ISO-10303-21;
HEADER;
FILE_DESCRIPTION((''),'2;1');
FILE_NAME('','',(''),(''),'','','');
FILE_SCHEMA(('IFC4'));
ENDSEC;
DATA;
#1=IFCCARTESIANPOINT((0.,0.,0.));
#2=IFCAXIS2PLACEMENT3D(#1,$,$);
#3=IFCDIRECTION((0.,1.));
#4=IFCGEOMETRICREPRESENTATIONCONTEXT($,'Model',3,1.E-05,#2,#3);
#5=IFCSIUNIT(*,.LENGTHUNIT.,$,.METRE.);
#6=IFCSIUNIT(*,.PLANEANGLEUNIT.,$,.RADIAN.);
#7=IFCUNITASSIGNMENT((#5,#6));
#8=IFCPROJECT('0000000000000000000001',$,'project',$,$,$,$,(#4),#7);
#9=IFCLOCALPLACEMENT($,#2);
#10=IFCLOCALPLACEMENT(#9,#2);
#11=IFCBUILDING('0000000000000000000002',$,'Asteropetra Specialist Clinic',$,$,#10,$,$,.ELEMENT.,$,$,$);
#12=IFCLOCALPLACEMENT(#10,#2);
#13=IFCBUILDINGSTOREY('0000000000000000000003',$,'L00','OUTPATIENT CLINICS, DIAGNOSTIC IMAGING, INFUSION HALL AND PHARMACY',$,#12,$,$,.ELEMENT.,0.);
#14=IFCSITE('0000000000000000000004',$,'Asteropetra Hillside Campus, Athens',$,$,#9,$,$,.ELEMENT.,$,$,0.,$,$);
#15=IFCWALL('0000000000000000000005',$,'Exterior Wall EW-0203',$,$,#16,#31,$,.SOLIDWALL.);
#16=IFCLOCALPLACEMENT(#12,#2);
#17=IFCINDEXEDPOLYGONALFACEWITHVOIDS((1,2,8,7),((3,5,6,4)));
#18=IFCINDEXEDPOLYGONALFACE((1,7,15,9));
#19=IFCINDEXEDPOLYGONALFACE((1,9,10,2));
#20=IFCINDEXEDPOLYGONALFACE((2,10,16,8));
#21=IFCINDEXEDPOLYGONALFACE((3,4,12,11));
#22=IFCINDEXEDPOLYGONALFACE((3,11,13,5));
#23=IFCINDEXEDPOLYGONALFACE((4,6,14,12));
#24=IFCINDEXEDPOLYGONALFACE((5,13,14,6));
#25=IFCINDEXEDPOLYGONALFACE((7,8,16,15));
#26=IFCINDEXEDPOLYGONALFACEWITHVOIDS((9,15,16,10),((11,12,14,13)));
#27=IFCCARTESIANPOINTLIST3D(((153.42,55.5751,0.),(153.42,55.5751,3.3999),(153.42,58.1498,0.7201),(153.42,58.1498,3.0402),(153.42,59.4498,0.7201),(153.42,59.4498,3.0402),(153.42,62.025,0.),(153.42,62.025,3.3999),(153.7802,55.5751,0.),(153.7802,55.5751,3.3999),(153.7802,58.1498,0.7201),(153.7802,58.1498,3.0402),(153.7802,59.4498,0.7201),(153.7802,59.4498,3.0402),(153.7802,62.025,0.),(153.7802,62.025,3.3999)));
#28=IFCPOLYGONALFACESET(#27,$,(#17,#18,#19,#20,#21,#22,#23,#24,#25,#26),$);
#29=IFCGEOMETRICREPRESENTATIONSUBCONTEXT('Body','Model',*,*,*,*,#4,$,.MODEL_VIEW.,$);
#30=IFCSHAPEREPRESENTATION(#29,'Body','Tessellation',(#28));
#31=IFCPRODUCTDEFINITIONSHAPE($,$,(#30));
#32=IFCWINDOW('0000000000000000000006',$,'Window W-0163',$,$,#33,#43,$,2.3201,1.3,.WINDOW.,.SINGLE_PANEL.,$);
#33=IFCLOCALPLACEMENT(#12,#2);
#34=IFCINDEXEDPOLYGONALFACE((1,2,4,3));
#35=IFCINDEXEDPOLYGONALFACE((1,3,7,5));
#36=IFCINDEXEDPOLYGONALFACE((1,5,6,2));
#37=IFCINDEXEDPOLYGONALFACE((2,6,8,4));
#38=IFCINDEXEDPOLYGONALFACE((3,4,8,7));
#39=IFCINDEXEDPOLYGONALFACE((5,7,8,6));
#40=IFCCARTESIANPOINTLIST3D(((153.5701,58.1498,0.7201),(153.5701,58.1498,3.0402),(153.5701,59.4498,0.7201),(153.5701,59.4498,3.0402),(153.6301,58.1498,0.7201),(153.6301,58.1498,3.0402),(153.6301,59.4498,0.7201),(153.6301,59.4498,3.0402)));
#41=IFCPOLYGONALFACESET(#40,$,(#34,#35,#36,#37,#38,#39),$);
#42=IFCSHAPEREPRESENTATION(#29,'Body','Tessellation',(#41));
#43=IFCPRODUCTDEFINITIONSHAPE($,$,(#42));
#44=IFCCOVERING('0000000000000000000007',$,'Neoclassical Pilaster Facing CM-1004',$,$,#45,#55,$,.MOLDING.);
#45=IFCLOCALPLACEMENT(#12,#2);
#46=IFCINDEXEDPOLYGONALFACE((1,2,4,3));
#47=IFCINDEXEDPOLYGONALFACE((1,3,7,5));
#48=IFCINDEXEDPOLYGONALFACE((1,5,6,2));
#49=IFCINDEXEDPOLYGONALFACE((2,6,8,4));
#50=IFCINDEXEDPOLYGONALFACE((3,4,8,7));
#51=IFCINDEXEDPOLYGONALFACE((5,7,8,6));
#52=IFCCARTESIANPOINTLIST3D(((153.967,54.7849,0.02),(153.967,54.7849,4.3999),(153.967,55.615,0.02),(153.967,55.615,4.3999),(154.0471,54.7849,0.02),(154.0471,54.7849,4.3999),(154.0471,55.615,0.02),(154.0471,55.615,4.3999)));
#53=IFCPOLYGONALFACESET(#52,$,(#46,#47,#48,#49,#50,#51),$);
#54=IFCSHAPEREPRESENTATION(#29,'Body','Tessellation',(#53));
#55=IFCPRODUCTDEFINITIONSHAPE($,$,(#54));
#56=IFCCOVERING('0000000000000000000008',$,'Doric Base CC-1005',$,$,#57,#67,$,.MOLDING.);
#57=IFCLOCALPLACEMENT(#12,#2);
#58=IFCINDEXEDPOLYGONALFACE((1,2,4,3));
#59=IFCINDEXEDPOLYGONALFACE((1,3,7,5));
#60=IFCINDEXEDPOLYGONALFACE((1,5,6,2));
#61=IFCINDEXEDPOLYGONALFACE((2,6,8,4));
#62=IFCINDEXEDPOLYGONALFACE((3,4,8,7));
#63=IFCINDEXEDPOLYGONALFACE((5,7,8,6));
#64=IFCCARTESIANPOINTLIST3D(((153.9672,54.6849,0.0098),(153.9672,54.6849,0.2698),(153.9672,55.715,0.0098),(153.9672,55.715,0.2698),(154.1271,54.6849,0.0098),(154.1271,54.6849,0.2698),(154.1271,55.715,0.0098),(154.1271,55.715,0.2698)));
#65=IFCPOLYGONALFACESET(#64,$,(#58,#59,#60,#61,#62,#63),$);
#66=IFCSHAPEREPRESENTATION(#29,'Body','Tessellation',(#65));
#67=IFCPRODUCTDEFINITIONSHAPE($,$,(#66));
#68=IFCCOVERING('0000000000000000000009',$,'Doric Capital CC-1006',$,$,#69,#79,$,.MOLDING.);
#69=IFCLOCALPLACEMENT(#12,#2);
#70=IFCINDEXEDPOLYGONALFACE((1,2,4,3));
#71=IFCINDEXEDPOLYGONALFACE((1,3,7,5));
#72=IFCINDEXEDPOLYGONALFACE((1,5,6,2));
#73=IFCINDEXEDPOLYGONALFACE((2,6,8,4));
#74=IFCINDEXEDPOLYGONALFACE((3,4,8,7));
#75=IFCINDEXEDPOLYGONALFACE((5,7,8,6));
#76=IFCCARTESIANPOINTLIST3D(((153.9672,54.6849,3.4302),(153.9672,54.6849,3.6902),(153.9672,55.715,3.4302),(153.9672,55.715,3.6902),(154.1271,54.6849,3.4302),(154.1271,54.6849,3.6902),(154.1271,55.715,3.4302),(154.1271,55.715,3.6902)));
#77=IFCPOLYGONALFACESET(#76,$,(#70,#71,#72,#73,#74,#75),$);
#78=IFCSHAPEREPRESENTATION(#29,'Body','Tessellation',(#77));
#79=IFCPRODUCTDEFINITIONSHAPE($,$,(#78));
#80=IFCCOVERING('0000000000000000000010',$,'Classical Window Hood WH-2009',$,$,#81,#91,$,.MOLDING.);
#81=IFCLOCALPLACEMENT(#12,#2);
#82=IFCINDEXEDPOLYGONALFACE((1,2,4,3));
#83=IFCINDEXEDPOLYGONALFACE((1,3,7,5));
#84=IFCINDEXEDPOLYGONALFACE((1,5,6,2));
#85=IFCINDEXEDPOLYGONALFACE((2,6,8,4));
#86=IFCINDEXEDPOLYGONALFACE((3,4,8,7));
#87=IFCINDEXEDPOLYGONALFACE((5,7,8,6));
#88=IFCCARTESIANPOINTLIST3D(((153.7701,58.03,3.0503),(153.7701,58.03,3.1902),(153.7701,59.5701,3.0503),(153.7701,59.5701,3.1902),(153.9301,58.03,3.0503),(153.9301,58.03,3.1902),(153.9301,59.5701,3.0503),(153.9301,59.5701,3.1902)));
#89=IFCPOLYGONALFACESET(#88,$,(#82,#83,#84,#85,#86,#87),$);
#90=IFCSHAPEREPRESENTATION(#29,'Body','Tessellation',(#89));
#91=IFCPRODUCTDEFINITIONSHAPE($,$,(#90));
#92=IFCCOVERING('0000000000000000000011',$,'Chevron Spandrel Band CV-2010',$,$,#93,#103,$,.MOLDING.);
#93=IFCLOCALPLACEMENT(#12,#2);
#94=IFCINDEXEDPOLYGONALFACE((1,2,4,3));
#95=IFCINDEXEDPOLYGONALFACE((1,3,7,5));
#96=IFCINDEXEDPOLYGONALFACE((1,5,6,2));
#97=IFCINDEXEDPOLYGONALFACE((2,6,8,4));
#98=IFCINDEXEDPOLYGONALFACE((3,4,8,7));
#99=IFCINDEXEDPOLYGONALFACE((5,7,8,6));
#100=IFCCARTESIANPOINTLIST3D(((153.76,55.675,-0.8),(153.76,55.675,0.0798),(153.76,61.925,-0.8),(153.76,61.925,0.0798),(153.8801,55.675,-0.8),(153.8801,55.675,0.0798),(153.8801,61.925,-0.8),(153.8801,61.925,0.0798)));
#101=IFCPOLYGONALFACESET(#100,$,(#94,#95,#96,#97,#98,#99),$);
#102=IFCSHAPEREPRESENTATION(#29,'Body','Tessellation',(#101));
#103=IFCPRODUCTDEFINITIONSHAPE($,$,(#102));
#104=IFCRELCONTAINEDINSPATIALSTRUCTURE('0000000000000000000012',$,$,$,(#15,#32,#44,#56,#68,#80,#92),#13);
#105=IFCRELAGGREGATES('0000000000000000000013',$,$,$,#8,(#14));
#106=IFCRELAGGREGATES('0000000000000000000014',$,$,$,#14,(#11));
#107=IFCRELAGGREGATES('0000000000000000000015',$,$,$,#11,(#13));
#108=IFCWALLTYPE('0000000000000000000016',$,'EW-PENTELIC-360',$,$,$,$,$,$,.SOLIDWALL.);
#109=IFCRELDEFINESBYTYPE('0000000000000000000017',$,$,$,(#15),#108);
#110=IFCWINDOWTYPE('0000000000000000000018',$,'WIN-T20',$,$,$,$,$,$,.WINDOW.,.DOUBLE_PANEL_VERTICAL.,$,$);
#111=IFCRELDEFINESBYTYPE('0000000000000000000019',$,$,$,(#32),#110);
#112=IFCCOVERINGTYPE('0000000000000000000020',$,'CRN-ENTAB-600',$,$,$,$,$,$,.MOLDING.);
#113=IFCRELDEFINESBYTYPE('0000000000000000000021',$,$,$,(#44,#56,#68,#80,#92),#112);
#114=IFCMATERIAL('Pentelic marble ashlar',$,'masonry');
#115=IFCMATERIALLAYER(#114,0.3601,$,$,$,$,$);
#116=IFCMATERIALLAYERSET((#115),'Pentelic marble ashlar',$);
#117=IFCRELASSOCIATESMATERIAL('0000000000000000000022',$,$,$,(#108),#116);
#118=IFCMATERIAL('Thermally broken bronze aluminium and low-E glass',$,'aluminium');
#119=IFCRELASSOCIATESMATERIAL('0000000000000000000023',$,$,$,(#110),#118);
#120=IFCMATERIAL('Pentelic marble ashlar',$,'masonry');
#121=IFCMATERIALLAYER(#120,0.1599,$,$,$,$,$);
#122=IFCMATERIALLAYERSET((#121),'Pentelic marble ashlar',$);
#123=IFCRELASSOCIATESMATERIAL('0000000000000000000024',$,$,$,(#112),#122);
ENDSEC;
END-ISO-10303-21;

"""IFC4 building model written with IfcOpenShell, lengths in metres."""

from ifc_helpers import new_model, si_unit, direction, frame, frame_2d, origin, origin_2d, place, context, subcontext, project, spatial, rectangle, extrude, material, layer, layer_set, type_object, element, fill, save


model = new_model("IFC4")

# Units and contexts
model_context = context("Model", 3, precision=1e-05, world=origin(), true_north=direction((0.0, 1.0)))
body_context = subcontext(model_context, "Body", "Model", "MODEL_VIEW")
ifc_project = project(units=[si_unit("LENGTHUNIT", "METRE"), si_unit("PLANEANGLEUNIT", "RADIAN")], contexts=[model_context])

# Site, building, storey
site_placement = place(None, origin())
site = spatial("IfcSite", under=ifc_project, at=site_placement, Name="Asteropetra Hillside Campus, Athens", CompositionType="ELEMENT", RefElevation=0.0)
building_placement = place(site_placement, origin())
building = spatial("IfcBuilding", under=site, at=building_placement, Name="Asteropetra Specialist Clinic", CompositionType="ELEMENT")
storey_placement = place(building_placement, origin())
storey = spatial("IfcBuildingStorey", under=building, at=storey_placement, Name="L00", Description="OUTPATIENT CLINICS, DIAGNOSTIC IMAGING, INFUSION HALL AND PHARMACY", CompositionType="ELEMENT", Elevation=0.0)

# Wall, opening, window
ifc_material_1 = material(Name="Pentelic marble ashlar", Category="masonry")
ifc_layer_1 = layer(ifc_material_1, 0.3601)
ifc_layer_set_1 = layer_set([ifc_layer_1], Name="Pentelic marble ashlar")
wall_type = type_object("IfcWallType", Name="EW-PENTELIC-360", PredefinedType="SOLIDWALL", material=ifc_layer_set_1)
wall_placement = place(storey_placement, frame((153.6001, 55.575, 0.0), z_axis=(0.0, 0.0, 1.0), x_axis=(0.0, 1.0, 0.0)))
wall = element("IfcWall", 1, at=wall_placement, inside=storey, type_object=wall_type, Name="Exterior Wall EW-0203", PredefinedType="SOLIDWALL", context=body_context, shape_type="SweptSolid", body=[
    extrude(rectangle(XDim=6.45, YDim=0.3601, at=frame_2d((3.2251, 0.0))), origin(), (0.0, 0.0, 1.0), 3.3999),
])
opening_placement = place(wall_placement, frame((2.575, 0.0, 0.72)))
opening = element("IfcOpeningElement", 2, at=opening_placement, cuts=wall, PredefinedType="OPENING", context=body_context, shape_type="SweptSolid", body=[
    extrude(rectangle(XDim=1.3, YDim=2.3201, at=frame_2d((0.6499, 1.1602))), frame((0.0, 0.1899, 0.0), z_axis=(0.0, -1.0, 0.0), x_axis=(1.0, 0.0, 0.0)), (0.0, 0.0, 1.0), 0.3801),
])
ifc_material_2 = material(Name="Thermally broken bronze aluminium and low-E glass", Category="aluminium")
window_type = type_object("IfcWindowType", Name="WIN-T20", PartitioningType="DOUBLE_PANEL_VERTICAL", PredefinedType="WINDOW", material=ifc_material_2)
window_placement = place(opening_placement, origin())
window = element("IfcWindow", 3, at=window_placement, inside=storey, type_object=window_type, Name="Window W-0163", OverallHeight=2.3201, OverallWidth=1.3, PartitioningType="SINGLE_PANEL", PredefinedType="WINDOW", context=body_context, shape_type="SweptSolid", body=[
    extrude(rectangle(XDim=1.3, YDim=2.3201, at=frame_2d((0.6499, 1.1602))), frame((0.0, 0.03, 0.0), z_axis=(0.0, -1.0, 0.0), x_axis=(1.0, 0.0, 0.0)), (0.0, 0.0, 1.0), 0.0601),
])
fill(opening, window)

# Coverings
ifc_material_3 = material(Name="Pentelic marble ashlar", Category="masonry")
ifc_layer_2 = layer(ifc_material_3, 0.1599)
ifc_layer_set_2 = layer_set([ifc_layer_2], Name="Pentelic marble ashlar")
covering_type = type_object("IfcCoveringType", Name="CRN-ENTAB-600", PredefinedType="MOLDING", material=ifc_layer_set_2)
covering_1_placement = place(storey_placement, frame((154.0071, 55.2, 0.02), z_axis=(0.0, 0.0, 1.0), x_axis=(1.0, 0.0, 0.0)))
element("IfcCovering", 4, at=covering_1_placement, inside=storey, type_object=covering_type, Name="Neoclassical Pilaster Facing CM-1004", PredefinedType="MOLDING", context=body_context, shape_type="SweptSolid", body=[
    extrude(rectangle(XDim=0.0801, YDim=0.8301, at=origin_2d()), origin(), (0.0, 0.0, 1.0), 4.3799),
])
for number, where, z_axis, x_axis, name in (
    (5, (154.0471, 55.2, 0.0098), (0.0, 0.0, 1.0), (1.0, 0.0, 0.0), "Doric Base CC-1005"),
    (6, (154.0471, 55.2, 3.4302), (0.0, 0.0, 1.0), (1.0, 0.0, 0.0), "Doric Capital CC-1006"),
):
    element("IfcCovering", number, at=place(storey_placement, frame(where, z_axis=z_axis, x_axis=x_axis)), inside=storey, type_object=covering_type, Name=name, PredefinedType="MOLDING", context=body_context, shape_type="SweptSolid", body=[
        extrude(rectangle(XDim=0.1599, YDim=1.03, at=origin_2d()), origin(), (0.0, 0.0, 1.0), 0.26),
    ])
covering_2_placement = place(storey_placement, frame((153.8501, 58.8, 3.0503), z_axis=(0.0, 0.0, 1.0), x_axis=(1.0, 0.0, 0.0)))
element("IfcCovering", 7, at=covering_2_placement, inside=storey, type_object=covering_type, Name="Classical Window Hood WH-2009", PredefinedType="MOLDING", context=body_context, shape_type="SweptSolid", body=[
    extrude(rectangle(XDim=0.1599, YDim=1.54, at=origin_2d()), origin(), (0.0, 0.0, 1.0), 0.1399),
])
covering_3_placement = place(storey_placement, frame((153.8201, 58.8, -0.8), z_axis=(0.0, 0.0, 1.0), x_axis=(1.0, 0.0, 0.0)))
element("IfcCovering", 8, at=covering_3_placement, inside=storey, type_object=covering_type, Name="Chevron Spandrel Band CV-2010", PredefinedType="MOLDING", context=body_context, shape_type="SweptSolid", body=[
    extrude(rectangle(XDim=0.1201, YDim=6.25, at=origin_2d()), origin(), (0.0, 0.0, 1.0), 0.8799),
])

save(model, "model.ifc")
